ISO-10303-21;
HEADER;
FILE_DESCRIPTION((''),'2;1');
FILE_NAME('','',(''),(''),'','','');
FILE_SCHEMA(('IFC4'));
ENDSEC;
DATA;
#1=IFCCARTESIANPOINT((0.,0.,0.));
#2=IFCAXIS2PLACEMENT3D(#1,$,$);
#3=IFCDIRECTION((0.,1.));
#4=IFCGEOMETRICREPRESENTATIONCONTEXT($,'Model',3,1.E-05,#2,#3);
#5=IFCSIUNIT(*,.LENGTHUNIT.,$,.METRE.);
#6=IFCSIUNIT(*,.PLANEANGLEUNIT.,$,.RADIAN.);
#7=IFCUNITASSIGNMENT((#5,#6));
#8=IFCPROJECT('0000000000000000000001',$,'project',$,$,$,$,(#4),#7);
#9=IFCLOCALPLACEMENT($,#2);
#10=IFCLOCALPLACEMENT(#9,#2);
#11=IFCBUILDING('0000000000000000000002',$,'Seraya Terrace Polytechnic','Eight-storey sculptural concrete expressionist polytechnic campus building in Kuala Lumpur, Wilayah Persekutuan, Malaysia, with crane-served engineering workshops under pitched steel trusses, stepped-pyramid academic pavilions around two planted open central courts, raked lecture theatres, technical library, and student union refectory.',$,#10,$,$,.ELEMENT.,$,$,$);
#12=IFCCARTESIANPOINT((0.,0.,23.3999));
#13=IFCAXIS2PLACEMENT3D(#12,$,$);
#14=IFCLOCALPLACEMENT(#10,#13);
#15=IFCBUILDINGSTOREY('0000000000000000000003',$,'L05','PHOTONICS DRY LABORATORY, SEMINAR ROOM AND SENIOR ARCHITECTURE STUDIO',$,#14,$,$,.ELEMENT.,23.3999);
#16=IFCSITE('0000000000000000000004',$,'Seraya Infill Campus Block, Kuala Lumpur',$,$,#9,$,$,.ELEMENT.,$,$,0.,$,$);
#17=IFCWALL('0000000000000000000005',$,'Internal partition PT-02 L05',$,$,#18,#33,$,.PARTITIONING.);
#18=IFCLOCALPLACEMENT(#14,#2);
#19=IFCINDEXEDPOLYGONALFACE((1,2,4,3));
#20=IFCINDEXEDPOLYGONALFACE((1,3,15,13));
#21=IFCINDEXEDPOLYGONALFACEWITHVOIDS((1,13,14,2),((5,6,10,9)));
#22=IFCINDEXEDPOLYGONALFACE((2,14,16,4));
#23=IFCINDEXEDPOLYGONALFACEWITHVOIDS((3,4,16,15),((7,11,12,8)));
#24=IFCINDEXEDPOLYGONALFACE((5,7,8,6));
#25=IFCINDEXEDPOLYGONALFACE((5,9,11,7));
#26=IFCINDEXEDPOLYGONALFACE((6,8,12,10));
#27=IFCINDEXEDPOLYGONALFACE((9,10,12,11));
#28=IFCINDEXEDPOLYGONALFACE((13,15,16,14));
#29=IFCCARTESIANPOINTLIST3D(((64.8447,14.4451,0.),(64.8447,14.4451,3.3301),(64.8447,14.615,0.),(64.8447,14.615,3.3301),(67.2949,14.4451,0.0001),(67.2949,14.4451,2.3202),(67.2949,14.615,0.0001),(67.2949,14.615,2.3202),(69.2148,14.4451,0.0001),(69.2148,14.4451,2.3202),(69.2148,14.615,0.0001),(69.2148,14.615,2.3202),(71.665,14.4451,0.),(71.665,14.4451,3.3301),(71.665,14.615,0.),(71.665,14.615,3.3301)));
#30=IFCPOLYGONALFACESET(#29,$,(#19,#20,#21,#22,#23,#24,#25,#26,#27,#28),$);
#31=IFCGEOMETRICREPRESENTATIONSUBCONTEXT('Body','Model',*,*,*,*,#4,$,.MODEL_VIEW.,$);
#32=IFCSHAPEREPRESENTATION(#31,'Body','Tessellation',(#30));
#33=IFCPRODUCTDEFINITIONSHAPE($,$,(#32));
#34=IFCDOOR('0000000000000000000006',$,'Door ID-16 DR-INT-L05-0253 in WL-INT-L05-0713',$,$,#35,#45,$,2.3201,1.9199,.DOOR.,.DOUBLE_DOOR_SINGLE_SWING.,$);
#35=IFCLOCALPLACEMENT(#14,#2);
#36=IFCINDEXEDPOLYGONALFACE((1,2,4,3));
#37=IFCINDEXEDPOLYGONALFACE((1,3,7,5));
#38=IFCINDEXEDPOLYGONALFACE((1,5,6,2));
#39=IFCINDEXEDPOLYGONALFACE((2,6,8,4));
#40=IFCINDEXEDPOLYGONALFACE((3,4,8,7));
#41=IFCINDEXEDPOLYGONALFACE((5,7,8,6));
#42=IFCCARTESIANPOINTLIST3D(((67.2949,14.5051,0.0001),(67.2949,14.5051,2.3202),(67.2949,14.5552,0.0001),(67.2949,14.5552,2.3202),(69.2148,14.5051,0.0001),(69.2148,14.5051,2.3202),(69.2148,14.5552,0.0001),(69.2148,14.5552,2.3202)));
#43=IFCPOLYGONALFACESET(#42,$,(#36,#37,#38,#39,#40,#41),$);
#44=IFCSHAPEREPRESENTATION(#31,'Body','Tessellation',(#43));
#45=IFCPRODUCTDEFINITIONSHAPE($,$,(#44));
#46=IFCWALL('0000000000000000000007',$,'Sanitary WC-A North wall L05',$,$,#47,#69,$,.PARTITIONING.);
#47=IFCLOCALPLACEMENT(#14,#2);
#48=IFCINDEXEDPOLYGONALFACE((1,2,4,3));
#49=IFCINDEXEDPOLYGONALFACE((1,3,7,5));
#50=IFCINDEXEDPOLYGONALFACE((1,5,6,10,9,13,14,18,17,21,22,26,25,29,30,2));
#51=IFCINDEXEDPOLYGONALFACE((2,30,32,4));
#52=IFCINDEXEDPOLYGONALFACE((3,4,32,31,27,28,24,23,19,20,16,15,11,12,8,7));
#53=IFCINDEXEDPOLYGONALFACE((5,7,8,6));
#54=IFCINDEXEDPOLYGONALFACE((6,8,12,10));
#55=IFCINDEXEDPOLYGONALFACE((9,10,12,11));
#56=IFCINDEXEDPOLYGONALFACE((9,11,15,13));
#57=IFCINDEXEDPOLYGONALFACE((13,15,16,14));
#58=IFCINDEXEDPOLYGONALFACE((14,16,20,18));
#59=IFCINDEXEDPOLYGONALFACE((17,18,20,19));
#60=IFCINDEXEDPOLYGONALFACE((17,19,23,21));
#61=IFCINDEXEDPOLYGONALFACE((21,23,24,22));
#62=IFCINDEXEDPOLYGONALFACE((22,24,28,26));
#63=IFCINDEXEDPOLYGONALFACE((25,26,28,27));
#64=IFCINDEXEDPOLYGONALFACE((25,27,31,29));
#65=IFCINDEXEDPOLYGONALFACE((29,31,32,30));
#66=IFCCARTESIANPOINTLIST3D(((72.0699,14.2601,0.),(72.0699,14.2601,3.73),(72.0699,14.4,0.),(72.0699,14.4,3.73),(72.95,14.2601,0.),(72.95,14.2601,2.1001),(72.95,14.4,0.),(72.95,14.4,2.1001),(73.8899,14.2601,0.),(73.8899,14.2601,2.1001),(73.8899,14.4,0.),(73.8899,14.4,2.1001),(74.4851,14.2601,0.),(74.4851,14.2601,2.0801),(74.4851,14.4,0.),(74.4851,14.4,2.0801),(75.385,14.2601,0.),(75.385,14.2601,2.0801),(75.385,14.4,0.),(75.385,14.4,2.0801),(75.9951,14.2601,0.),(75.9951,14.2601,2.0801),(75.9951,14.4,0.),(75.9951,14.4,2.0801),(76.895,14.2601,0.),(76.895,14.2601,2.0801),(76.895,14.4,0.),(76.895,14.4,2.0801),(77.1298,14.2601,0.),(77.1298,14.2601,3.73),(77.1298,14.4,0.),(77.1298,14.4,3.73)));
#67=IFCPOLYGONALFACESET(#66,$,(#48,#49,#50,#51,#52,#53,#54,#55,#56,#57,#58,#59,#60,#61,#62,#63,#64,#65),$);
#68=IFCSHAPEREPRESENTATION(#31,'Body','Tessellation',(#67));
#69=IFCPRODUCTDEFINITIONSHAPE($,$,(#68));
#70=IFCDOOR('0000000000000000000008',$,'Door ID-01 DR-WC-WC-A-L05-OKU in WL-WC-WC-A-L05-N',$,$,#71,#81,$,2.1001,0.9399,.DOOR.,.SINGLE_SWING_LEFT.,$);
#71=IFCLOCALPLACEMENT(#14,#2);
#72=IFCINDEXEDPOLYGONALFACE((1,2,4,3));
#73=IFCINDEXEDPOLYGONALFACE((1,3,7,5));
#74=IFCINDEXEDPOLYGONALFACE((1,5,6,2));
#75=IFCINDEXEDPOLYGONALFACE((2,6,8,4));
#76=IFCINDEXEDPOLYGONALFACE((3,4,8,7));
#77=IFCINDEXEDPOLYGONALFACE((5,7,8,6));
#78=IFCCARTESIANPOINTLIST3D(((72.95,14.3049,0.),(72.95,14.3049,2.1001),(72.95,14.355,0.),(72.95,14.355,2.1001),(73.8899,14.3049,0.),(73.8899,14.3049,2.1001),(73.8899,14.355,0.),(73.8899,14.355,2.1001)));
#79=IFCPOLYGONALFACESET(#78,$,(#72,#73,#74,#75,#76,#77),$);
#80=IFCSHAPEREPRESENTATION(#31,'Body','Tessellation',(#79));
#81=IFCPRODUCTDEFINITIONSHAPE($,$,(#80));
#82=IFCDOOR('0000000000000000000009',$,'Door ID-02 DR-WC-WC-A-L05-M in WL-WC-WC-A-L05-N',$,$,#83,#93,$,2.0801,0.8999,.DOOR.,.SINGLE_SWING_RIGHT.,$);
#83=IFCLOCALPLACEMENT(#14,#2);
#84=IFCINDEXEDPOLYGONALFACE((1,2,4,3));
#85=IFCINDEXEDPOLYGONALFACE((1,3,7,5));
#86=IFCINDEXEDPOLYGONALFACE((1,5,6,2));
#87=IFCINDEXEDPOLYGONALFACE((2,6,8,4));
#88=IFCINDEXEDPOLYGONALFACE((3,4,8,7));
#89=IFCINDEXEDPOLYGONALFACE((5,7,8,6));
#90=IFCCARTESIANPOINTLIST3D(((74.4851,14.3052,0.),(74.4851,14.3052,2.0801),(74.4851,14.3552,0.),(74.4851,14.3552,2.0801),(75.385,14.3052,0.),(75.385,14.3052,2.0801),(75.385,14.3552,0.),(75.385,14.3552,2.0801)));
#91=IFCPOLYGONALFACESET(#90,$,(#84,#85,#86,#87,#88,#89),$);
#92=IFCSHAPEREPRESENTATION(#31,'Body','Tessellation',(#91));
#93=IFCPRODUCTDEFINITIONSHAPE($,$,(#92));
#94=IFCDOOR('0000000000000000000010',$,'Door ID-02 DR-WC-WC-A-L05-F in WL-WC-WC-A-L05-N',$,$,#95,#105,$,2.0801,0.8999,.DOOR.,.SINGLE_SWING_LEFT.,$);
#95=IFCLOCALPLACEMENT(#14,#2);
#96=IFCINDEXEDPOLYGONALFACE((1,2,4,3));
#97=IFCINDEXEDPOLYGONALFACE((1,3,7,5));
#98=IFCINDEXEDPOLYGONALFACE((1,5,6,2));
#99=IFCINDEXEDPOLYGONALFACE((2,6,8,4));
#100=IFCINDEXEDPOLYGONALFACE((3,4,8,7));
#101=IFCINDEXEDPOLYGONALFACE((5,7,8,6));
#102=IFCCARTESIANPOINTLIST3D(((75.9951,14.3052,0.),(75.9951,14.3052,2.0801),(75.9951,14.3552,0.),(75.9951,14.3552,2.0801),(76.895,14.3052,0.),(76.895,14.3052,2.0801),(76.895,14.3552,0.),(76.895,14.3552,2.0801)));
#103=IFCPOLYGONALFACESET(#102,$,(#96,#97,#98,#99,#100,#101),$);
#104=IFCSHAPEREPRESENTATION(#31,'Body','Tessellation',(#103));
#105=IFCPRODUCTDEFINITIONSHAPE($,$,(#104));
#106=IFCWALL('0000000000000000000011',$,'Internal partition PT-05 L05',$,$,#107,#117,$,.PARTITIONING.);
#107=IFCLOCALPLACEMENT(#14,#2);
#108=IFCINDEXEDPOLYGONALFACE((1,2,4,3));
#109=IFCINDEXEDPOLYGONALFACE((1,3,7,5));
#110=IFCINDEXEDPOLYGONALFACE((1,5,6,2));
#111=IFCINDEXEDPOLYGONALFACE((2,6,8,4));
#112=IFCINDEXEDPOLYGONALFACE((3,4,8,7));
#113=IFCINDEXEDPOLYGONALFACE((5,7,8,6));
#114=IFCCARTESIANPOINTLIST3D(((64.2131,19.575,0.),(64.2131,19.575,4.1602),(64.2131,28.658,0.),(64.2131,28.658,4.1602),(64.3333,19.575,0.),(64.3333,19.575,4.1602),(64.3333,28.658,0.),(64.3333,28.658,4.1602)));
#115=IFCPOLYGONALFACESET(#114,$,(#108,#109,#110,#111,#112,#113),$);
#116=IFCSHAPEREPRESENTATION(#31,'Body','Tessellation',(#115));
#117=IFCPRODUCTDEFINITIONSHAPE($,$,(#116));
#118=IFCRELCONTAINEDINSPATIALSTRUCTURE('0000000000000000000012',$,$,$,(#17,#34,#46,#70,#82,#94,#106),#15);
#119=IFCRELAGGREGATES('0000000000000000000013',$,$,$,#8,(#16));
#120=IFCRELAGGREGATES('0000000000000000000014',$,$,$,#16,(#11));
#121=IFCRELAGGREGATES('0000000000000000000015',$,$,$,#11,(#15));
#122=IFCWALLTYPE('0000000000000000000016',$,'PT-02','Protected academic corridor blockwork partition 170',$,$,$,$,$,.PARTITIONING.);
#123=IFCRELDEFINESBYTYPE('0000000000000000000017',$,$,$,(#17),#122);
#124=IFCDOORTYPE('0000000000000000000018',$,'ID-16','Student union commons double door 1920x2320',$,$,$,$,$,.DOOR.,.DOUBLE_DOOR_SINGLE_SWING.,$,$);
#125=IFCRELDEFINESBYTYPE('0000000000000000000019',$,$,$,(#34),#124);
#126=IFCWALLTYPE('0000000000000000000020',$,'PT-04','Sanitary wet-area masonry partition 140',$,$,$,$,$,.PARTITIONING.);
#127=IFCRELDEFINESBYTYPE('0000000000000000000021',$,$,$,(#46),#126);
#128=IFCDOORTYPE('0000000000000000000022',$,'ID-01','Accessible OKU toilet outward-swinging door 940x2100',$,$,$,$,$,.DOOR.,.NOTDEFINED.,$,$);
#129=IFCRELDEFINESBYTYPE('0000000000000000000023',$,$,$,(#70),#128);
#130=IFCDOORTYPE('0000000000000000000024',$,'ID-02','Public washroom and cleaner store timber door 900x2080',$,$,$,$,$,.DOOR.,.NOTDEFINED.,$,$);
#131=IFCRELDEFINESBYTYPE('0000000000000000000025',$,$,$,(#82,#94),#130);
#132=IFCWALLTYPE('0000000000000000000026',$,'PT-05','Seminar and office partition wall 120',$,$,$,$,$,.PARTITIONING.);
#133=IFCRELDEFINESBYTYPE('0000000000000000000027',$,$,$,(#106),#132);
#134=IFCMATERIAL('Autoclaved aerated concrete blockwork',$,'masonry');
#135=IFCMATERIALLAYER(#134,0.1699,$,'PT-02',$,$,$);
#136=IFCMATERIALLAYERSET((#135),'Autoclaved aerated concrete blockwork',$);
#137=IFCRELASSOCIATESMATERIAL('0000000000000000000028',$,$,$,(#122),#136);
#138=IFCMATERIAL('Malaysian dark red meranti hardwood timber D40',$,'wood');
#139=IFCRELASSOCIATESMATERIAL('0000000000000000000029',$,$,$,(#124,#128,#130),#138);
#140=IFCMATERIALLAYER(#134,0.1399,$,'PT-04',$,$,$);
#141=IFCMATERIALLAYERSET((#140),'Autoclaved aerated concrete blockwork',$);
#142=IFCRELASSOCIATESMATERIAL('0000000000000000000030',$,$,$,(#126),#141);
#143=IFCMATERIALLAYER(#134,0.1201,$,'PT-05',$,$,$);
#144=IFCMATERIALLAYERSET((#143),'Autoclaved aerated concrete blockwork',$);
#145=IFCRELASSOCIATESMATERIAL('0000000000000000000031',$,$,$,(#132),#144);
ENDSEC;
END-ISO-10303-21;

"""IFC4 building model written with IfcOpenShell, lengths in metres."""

from ifc_helpers import new_model, si_unit, direction, frame, frame_2d, origin, place, context, subcontext, project, spatial, rectangle, extrude, material, layer, layer_set, type_object, element, fill, save


model = new_model("IFC4")

# Units and contexts
model_context = context("Model", 3, precision=1e-05, world=origin(), true_north=direction((0.0, 1.0)))
body_context = subcontext(model_context, "Body", "Model", "MODEL_VIEW")
ifc_project = project(units=[si_unit("LENGTHUNIT", "METRE"), si_unit("PLANEANGLEUNIT", "RADIAN")], contexts=[model_context])

# Site, building, storey
site_placement = place(None, origin())
site = spatial("IfcSite", under=ifc_project, at=site_placement, Name="Seraya Infill Campus Block, Kuala Lumpur", CompositionType="ELEMENT", RefElevation=0.0)
building_placement = place(site_placement, origin())
building = spatial("IfcBuilding", under=site, at=building_placement, Name="Seraya Terrace Polytechnic", Description="Eight-storey sculptural concrete expressionist polytechnic campus building in Kuala Lumpur, Wilayah Persekutuan, Malaysia, with crane-served engineering workshops under pitched steel trusses, stepped-pyramid academic pavilions around two planted open central courts, raked lecture theatres, technical library, and student union refectory.", CompositionType="ELEMENT")
storey_placement = place(building_placement, frame((0.0, 0.0, 23.3999)))
storey = spatial("IfcBuildingStorey", under=building, at=storey_placement, Name="L05", Description="PHOTONICS DRY LABORATORY, SEMINAR ROOM AND SENIOR ARCHITECTURE STUDIO", CompositionType="ELEMENT", Elevation=23.3999)

# Wall, opening, door
ifc_material_1 = material(Name="Autoclaved aerated concrete blockwork", Category="masonry")
ifc_layer_1 = layer(ifc_material_1, 0.1699, Name="PT-02")
ifc_layer_set_1 = layer_set([ifc_layer_1], Name="Autoclaved aerated concrete blockwork")
wall_type_1 = type_object("IfcWallType", Name="PT-02", Description="Protected academic corridor blockwork partition 170", PredefinedType="PARTITIONING", material=ifc_layer_set_1)
ifc_material_2 = material(Name="Malaysian dark red meranti hardwood timber D40", Category="wood")
wall_1_placement = place(storey_placement, frame((64.8447, 14.53, 0.0), z_axis=(0.0, 0.0, 1.0), x_axis=(1.0, 0.0, 0.0)))
wall_1 = element("IfcWall", 1, at=wall_1_placement, inside=storey, type_object=wall_type_1, Name="Internal partition PT-02 L05", PredefinedType="PARTITIONING", context=body_context, shape_type="SweptSolid", body=[
    extrude(rectangle(XDim=6.8203, YDim=0.1699, at=frame_2d((3.4102, 0.0))), origin(), (0.0, 0.0, 1.0), 3.3301),
])
opening_1_placement = place(wall_1_placement, frame((2.4502, 0.0, 0.0)))
opening_1 = element("IfcOpeningElement", 2, at=opening_1_placement, cuts=wall_1, PredefinedType="OPENING", context=body_context, shape_type="SweptSolid", body=[
    extrude(rectangle(XDim=1.9199, YDim=2.3201, at=frame_2d((0.96, 1.1602))), frame((0.0, 0.0969, 0.0), z_axis=(0.0, -1.0, 0.0), x_axis=(1.0, 0.0, 0.0)), (0.0, 0.0, 1.0), 0.1938),
])
door_type_1 = type_object("IfcDoorType", Name="ID-16", Description="Student union commons double door 1920x2320", OperationType="DOUBLE_DOOR_SINGLE_SWING", PredefinedType="DOOR", material=ifc_material_2)
door_1_placement = place(opening_1_placement, frame((1.9199, 0.0, 0.0), z_axis=(0.0, 0.0, 1.0), x_axis=(-1.0, 0.0, 0.0)))
door_1 = element("IfcDoor", 3, at=door_1_placement, inside=storey, type_object=door_type_1, Name="Door ID-16 DR-INT-L05-0253 in WL-INT-L05-0713", OperationType="DOUBLE_DOOR_SINGLE_SWING", OverallHeight=2.3201, OverallWidth=1.9199, PredefinedType="DOOR", context=body_context, shape_type="SweptSolid", body=[
    extrude(rectangle(XDim=1.9199, YDim=2.3201, at=frame_2d((0.96, 1.1602))), frame((0.0, 0.0249, 0.0), z_axis=(0.0, -1.0, 0.0), x_axis=(1.0, 0.0, 0.0)), (0.0, 0.0, 1.0), 0.05),
])
fill(opening_1, door_1)

# Wall, openings, doors
ifc_layer_2 = layer(ifc_material_1, 0.1399, Name="PT-04")
ifc_layer_set_2 = layer_set([ifc_layer_2], Name="Autoclaved aerated concrete blockwork")
wall_type_2 = type_object("IfcWallType", Name="PT-04", Description="Sanitary wet-area masonry partition 140", PredefinedType="PARTITIONING", material=ifc_layer_set_2)
wall_2_placement = place(storey_placement, frame((72.0701, 14.3301, 0.0), z_axis=(0.0, 0.0, 1.0), x_axis=(1.0, 0.0, 0.0)))
wall_2 = element("IfcWall", 4, at=wall_2_placement, inside=storey, type_object=wall_type_2, Name="Sanitary WC-A North wall L05", PredefinedType="PARTITIONING", context=body_context, shape_type="SweptSolid", body=[
    extrude(rectangle(XDim=5.0598, YDim=0.1399, at=frame_2d((2.5298, 0.0))), origin(), (0.0, 0.0, 1.0), 3.73),
])
opening_2_placement = place(wall_2_placement, frame((0.8799, 0.0, 0.0)))
opening_2 = element("IfcOpeningElement", 5, at=opening_2_placement, cuts=wall_2, PredefinedType="OPENING", context=body_context, shape_type="SweptSolid", body=[
    extrude(rectangle(XDim=0.9399, YDim=2.1001, at=frame_2d((0.47, 1.05))), frame((0.0, 0.082, 0.0), z_axis=(0.0, -1.0, 0.0), x_axis=(1.0, 0.0, 0.0)), (0.0, 0.0, 1.0), 0.1638),
])
opening_3_placement = place(wall_2_placement, frame((2.415, 0.0, 0.0)))
opening_3 = element("IfcOpeningElement", 6, at=opening_3_placement, cuts=wall_2, PredefinedType="OPENING", context=body_context, shape_type="SweptSolid", body=[
    extrude(rectangle(XDim=0.8999, YDim=2.0801, at=frame_2d((0.45, 1.04))), frame((0.0, 0.082, 0.0), z_axis=(0.0, -1.0, 0.0), x_axis=(1.0, 0.0, 0.0)), (0.0, 0.0, 1.0), 0.1638),
])
opening_4_placement = place(wall_2_placement, frame((3.925, 0.0, 0.0)))
opening_4 = element("IfcOpeningElement", 7, at=opening_4_placement, cuts=wall_2, PredefinedType="OPENING", context=body_context, shape_type="SweptSolid", body=[
    extrude(rectangle(XDim=0.8999, YDim=2.0801, at=frame_2d((0.45, 1.04))), frame((0.0, 0.082, 0.0), z_axis=(0.0, -1.0, 0.0), x_axis=(1.0, 0.0, 0.0)), (0.0, 0.0, 1.0), 0.1638),
])
door_type_2 = type_object("IfcDoorType", Name="ID-01", Description="Accessible OKU toilet outward-swinging door 940x2100", OperationType="NOTDEFINED", PredefinedType="DOOR", material=ifc_material_2)
door_2_placement = place(opening_2_placement, origin())
door_2 = element("IfcDoor", 8, at=door_2_placement, inside=storey, type_object=door_type_2, Name="Door ID-01 DR-WC-WC-A-L05-OKU in WL-WC-WC-A-L05-N", OperationType="SINGLE_SWING_LEFT", OverallHeight=2.1001, OverallWidth=0.9399, PredefinedType="DOOR", context=body_context, shape_type="SweptSolid", body=[
    extrude(rectangle(XDim=0.9399, YDim=2.1001, at=frame_2d((0.47, 1.05))), frame((0.0, 0.0249, 0.0), z_axis=(0.0, -1.0, 0.0), x_axis=(1.0, 0.0, 0.0)), (0.0, 0.0, 1.0), 0.05),
])
fill(opening_2, door_2)
door_type_3 = type_object("IfcDoorType", Name="ID-02", Description="Public washroom and cleaner store timber door 900x2080", OperationType="NOTDEFINED", PredefinedType="DOOR", material=ifc_material_2)
door_3_placement = place(opening_3_placement, frame((0.8999, 0.0, 0.0), z_axis=(0.0, 0.0, 1.0), x_axis=(-1.0, 0.0, 0.0)))
door_3 = element("IfcDoor", 9, at=door_3_placement, inside=storey, type_object=door_type_3, Name="Door ID-02 DR-WC-WC-A-L05-M in WL-WC-WC-A-L05-N", OperationType="SINGLE_SWING_RIGHT", OverallHeight=2.0801, OverallWidth=0.8999, PredefinedType="DOOR", context=body_context, shape_type="SweptSolid", body=[
    extrude(rectangle(XDim=0.8999, YDim=2.0801, at=frame_2d((0.45, 1.04))), frame((0.0, 0.0249, 0.0), z_axis=(0.0, -1.0, 0.0), x_axis=(1.0, 0.0, 0.0)), (0.0, 0.0, 1.0), 0.05),
])
fill(opening_3, door_3)
door_4_placement = place(opening_4_placement, frame((0.8999, 0.0, 0.0), z_axis=(0.0, 0.0, 1.0), x_axis=(-1.0, 0.0, 0.0)))
door_4 = element("IfcDoor", 10, at=door_4_placement, inside=storey, type_object=door_type_3, Name="Door ID-02 DR-WC-WC-A-L05-F in WL-WC-WC-A-L05-N", OperationType="SINGLE_SWING_LEFT", OverallHeight=2.0801, OverallWidth=0.8999, PredefinedType="DOOR", context=body_context, shape_type="SweptSolid", body=[
    extrude(rectangle(XDim=0.8999, YDim=2.0801, at=frame_2d((0.45, 1.04))), frame((0.0, 0.0249, 0.0), z_axis=(0.0, -1.0, 0.0), x_axis=(1.0, 0.0, 0.0)), (0.0, 0.0, 1.0), 0.05),
])
fill(opening_4, door_4)

# Wall
ifc_layer_3 = layer(ifc_material_1, 0.1201, Name="PT-05")
ifc_layer_set_3 = layer_set([ifc_layer_3], Name="Autoclaved aerated concrete blockwork")
wall_type_3 = type_object("IfcWallType", Name="PT-05", Description="Seminar and office partition wall 120", PredefinedType="PARTITIONING", material=ifc_layer_set_3)
wall_3_placement = place(storey_placement, frame((64.2732, 19.575, 0.0), z_axis=(0.0, 0.0, 1.0), x_axis=(0.0, 1.0, 0.0)))
element("IfcWall", 11, at=wall_3_placement, inside=storey, type_object=wall_type_3, Name="Internal partition PT-05 L05", PredefinedType="PARTITIONING", context=body_context, shape_type="SweptSolid", body=[
    extrude(rectangle(XDim=9.083, YDim=0.1201, at=frame_2d((4.5415, 0.0))), origin(), (0.0, 0.0, 1.0), 4.1602),
])

save(model, "model.ifc")
